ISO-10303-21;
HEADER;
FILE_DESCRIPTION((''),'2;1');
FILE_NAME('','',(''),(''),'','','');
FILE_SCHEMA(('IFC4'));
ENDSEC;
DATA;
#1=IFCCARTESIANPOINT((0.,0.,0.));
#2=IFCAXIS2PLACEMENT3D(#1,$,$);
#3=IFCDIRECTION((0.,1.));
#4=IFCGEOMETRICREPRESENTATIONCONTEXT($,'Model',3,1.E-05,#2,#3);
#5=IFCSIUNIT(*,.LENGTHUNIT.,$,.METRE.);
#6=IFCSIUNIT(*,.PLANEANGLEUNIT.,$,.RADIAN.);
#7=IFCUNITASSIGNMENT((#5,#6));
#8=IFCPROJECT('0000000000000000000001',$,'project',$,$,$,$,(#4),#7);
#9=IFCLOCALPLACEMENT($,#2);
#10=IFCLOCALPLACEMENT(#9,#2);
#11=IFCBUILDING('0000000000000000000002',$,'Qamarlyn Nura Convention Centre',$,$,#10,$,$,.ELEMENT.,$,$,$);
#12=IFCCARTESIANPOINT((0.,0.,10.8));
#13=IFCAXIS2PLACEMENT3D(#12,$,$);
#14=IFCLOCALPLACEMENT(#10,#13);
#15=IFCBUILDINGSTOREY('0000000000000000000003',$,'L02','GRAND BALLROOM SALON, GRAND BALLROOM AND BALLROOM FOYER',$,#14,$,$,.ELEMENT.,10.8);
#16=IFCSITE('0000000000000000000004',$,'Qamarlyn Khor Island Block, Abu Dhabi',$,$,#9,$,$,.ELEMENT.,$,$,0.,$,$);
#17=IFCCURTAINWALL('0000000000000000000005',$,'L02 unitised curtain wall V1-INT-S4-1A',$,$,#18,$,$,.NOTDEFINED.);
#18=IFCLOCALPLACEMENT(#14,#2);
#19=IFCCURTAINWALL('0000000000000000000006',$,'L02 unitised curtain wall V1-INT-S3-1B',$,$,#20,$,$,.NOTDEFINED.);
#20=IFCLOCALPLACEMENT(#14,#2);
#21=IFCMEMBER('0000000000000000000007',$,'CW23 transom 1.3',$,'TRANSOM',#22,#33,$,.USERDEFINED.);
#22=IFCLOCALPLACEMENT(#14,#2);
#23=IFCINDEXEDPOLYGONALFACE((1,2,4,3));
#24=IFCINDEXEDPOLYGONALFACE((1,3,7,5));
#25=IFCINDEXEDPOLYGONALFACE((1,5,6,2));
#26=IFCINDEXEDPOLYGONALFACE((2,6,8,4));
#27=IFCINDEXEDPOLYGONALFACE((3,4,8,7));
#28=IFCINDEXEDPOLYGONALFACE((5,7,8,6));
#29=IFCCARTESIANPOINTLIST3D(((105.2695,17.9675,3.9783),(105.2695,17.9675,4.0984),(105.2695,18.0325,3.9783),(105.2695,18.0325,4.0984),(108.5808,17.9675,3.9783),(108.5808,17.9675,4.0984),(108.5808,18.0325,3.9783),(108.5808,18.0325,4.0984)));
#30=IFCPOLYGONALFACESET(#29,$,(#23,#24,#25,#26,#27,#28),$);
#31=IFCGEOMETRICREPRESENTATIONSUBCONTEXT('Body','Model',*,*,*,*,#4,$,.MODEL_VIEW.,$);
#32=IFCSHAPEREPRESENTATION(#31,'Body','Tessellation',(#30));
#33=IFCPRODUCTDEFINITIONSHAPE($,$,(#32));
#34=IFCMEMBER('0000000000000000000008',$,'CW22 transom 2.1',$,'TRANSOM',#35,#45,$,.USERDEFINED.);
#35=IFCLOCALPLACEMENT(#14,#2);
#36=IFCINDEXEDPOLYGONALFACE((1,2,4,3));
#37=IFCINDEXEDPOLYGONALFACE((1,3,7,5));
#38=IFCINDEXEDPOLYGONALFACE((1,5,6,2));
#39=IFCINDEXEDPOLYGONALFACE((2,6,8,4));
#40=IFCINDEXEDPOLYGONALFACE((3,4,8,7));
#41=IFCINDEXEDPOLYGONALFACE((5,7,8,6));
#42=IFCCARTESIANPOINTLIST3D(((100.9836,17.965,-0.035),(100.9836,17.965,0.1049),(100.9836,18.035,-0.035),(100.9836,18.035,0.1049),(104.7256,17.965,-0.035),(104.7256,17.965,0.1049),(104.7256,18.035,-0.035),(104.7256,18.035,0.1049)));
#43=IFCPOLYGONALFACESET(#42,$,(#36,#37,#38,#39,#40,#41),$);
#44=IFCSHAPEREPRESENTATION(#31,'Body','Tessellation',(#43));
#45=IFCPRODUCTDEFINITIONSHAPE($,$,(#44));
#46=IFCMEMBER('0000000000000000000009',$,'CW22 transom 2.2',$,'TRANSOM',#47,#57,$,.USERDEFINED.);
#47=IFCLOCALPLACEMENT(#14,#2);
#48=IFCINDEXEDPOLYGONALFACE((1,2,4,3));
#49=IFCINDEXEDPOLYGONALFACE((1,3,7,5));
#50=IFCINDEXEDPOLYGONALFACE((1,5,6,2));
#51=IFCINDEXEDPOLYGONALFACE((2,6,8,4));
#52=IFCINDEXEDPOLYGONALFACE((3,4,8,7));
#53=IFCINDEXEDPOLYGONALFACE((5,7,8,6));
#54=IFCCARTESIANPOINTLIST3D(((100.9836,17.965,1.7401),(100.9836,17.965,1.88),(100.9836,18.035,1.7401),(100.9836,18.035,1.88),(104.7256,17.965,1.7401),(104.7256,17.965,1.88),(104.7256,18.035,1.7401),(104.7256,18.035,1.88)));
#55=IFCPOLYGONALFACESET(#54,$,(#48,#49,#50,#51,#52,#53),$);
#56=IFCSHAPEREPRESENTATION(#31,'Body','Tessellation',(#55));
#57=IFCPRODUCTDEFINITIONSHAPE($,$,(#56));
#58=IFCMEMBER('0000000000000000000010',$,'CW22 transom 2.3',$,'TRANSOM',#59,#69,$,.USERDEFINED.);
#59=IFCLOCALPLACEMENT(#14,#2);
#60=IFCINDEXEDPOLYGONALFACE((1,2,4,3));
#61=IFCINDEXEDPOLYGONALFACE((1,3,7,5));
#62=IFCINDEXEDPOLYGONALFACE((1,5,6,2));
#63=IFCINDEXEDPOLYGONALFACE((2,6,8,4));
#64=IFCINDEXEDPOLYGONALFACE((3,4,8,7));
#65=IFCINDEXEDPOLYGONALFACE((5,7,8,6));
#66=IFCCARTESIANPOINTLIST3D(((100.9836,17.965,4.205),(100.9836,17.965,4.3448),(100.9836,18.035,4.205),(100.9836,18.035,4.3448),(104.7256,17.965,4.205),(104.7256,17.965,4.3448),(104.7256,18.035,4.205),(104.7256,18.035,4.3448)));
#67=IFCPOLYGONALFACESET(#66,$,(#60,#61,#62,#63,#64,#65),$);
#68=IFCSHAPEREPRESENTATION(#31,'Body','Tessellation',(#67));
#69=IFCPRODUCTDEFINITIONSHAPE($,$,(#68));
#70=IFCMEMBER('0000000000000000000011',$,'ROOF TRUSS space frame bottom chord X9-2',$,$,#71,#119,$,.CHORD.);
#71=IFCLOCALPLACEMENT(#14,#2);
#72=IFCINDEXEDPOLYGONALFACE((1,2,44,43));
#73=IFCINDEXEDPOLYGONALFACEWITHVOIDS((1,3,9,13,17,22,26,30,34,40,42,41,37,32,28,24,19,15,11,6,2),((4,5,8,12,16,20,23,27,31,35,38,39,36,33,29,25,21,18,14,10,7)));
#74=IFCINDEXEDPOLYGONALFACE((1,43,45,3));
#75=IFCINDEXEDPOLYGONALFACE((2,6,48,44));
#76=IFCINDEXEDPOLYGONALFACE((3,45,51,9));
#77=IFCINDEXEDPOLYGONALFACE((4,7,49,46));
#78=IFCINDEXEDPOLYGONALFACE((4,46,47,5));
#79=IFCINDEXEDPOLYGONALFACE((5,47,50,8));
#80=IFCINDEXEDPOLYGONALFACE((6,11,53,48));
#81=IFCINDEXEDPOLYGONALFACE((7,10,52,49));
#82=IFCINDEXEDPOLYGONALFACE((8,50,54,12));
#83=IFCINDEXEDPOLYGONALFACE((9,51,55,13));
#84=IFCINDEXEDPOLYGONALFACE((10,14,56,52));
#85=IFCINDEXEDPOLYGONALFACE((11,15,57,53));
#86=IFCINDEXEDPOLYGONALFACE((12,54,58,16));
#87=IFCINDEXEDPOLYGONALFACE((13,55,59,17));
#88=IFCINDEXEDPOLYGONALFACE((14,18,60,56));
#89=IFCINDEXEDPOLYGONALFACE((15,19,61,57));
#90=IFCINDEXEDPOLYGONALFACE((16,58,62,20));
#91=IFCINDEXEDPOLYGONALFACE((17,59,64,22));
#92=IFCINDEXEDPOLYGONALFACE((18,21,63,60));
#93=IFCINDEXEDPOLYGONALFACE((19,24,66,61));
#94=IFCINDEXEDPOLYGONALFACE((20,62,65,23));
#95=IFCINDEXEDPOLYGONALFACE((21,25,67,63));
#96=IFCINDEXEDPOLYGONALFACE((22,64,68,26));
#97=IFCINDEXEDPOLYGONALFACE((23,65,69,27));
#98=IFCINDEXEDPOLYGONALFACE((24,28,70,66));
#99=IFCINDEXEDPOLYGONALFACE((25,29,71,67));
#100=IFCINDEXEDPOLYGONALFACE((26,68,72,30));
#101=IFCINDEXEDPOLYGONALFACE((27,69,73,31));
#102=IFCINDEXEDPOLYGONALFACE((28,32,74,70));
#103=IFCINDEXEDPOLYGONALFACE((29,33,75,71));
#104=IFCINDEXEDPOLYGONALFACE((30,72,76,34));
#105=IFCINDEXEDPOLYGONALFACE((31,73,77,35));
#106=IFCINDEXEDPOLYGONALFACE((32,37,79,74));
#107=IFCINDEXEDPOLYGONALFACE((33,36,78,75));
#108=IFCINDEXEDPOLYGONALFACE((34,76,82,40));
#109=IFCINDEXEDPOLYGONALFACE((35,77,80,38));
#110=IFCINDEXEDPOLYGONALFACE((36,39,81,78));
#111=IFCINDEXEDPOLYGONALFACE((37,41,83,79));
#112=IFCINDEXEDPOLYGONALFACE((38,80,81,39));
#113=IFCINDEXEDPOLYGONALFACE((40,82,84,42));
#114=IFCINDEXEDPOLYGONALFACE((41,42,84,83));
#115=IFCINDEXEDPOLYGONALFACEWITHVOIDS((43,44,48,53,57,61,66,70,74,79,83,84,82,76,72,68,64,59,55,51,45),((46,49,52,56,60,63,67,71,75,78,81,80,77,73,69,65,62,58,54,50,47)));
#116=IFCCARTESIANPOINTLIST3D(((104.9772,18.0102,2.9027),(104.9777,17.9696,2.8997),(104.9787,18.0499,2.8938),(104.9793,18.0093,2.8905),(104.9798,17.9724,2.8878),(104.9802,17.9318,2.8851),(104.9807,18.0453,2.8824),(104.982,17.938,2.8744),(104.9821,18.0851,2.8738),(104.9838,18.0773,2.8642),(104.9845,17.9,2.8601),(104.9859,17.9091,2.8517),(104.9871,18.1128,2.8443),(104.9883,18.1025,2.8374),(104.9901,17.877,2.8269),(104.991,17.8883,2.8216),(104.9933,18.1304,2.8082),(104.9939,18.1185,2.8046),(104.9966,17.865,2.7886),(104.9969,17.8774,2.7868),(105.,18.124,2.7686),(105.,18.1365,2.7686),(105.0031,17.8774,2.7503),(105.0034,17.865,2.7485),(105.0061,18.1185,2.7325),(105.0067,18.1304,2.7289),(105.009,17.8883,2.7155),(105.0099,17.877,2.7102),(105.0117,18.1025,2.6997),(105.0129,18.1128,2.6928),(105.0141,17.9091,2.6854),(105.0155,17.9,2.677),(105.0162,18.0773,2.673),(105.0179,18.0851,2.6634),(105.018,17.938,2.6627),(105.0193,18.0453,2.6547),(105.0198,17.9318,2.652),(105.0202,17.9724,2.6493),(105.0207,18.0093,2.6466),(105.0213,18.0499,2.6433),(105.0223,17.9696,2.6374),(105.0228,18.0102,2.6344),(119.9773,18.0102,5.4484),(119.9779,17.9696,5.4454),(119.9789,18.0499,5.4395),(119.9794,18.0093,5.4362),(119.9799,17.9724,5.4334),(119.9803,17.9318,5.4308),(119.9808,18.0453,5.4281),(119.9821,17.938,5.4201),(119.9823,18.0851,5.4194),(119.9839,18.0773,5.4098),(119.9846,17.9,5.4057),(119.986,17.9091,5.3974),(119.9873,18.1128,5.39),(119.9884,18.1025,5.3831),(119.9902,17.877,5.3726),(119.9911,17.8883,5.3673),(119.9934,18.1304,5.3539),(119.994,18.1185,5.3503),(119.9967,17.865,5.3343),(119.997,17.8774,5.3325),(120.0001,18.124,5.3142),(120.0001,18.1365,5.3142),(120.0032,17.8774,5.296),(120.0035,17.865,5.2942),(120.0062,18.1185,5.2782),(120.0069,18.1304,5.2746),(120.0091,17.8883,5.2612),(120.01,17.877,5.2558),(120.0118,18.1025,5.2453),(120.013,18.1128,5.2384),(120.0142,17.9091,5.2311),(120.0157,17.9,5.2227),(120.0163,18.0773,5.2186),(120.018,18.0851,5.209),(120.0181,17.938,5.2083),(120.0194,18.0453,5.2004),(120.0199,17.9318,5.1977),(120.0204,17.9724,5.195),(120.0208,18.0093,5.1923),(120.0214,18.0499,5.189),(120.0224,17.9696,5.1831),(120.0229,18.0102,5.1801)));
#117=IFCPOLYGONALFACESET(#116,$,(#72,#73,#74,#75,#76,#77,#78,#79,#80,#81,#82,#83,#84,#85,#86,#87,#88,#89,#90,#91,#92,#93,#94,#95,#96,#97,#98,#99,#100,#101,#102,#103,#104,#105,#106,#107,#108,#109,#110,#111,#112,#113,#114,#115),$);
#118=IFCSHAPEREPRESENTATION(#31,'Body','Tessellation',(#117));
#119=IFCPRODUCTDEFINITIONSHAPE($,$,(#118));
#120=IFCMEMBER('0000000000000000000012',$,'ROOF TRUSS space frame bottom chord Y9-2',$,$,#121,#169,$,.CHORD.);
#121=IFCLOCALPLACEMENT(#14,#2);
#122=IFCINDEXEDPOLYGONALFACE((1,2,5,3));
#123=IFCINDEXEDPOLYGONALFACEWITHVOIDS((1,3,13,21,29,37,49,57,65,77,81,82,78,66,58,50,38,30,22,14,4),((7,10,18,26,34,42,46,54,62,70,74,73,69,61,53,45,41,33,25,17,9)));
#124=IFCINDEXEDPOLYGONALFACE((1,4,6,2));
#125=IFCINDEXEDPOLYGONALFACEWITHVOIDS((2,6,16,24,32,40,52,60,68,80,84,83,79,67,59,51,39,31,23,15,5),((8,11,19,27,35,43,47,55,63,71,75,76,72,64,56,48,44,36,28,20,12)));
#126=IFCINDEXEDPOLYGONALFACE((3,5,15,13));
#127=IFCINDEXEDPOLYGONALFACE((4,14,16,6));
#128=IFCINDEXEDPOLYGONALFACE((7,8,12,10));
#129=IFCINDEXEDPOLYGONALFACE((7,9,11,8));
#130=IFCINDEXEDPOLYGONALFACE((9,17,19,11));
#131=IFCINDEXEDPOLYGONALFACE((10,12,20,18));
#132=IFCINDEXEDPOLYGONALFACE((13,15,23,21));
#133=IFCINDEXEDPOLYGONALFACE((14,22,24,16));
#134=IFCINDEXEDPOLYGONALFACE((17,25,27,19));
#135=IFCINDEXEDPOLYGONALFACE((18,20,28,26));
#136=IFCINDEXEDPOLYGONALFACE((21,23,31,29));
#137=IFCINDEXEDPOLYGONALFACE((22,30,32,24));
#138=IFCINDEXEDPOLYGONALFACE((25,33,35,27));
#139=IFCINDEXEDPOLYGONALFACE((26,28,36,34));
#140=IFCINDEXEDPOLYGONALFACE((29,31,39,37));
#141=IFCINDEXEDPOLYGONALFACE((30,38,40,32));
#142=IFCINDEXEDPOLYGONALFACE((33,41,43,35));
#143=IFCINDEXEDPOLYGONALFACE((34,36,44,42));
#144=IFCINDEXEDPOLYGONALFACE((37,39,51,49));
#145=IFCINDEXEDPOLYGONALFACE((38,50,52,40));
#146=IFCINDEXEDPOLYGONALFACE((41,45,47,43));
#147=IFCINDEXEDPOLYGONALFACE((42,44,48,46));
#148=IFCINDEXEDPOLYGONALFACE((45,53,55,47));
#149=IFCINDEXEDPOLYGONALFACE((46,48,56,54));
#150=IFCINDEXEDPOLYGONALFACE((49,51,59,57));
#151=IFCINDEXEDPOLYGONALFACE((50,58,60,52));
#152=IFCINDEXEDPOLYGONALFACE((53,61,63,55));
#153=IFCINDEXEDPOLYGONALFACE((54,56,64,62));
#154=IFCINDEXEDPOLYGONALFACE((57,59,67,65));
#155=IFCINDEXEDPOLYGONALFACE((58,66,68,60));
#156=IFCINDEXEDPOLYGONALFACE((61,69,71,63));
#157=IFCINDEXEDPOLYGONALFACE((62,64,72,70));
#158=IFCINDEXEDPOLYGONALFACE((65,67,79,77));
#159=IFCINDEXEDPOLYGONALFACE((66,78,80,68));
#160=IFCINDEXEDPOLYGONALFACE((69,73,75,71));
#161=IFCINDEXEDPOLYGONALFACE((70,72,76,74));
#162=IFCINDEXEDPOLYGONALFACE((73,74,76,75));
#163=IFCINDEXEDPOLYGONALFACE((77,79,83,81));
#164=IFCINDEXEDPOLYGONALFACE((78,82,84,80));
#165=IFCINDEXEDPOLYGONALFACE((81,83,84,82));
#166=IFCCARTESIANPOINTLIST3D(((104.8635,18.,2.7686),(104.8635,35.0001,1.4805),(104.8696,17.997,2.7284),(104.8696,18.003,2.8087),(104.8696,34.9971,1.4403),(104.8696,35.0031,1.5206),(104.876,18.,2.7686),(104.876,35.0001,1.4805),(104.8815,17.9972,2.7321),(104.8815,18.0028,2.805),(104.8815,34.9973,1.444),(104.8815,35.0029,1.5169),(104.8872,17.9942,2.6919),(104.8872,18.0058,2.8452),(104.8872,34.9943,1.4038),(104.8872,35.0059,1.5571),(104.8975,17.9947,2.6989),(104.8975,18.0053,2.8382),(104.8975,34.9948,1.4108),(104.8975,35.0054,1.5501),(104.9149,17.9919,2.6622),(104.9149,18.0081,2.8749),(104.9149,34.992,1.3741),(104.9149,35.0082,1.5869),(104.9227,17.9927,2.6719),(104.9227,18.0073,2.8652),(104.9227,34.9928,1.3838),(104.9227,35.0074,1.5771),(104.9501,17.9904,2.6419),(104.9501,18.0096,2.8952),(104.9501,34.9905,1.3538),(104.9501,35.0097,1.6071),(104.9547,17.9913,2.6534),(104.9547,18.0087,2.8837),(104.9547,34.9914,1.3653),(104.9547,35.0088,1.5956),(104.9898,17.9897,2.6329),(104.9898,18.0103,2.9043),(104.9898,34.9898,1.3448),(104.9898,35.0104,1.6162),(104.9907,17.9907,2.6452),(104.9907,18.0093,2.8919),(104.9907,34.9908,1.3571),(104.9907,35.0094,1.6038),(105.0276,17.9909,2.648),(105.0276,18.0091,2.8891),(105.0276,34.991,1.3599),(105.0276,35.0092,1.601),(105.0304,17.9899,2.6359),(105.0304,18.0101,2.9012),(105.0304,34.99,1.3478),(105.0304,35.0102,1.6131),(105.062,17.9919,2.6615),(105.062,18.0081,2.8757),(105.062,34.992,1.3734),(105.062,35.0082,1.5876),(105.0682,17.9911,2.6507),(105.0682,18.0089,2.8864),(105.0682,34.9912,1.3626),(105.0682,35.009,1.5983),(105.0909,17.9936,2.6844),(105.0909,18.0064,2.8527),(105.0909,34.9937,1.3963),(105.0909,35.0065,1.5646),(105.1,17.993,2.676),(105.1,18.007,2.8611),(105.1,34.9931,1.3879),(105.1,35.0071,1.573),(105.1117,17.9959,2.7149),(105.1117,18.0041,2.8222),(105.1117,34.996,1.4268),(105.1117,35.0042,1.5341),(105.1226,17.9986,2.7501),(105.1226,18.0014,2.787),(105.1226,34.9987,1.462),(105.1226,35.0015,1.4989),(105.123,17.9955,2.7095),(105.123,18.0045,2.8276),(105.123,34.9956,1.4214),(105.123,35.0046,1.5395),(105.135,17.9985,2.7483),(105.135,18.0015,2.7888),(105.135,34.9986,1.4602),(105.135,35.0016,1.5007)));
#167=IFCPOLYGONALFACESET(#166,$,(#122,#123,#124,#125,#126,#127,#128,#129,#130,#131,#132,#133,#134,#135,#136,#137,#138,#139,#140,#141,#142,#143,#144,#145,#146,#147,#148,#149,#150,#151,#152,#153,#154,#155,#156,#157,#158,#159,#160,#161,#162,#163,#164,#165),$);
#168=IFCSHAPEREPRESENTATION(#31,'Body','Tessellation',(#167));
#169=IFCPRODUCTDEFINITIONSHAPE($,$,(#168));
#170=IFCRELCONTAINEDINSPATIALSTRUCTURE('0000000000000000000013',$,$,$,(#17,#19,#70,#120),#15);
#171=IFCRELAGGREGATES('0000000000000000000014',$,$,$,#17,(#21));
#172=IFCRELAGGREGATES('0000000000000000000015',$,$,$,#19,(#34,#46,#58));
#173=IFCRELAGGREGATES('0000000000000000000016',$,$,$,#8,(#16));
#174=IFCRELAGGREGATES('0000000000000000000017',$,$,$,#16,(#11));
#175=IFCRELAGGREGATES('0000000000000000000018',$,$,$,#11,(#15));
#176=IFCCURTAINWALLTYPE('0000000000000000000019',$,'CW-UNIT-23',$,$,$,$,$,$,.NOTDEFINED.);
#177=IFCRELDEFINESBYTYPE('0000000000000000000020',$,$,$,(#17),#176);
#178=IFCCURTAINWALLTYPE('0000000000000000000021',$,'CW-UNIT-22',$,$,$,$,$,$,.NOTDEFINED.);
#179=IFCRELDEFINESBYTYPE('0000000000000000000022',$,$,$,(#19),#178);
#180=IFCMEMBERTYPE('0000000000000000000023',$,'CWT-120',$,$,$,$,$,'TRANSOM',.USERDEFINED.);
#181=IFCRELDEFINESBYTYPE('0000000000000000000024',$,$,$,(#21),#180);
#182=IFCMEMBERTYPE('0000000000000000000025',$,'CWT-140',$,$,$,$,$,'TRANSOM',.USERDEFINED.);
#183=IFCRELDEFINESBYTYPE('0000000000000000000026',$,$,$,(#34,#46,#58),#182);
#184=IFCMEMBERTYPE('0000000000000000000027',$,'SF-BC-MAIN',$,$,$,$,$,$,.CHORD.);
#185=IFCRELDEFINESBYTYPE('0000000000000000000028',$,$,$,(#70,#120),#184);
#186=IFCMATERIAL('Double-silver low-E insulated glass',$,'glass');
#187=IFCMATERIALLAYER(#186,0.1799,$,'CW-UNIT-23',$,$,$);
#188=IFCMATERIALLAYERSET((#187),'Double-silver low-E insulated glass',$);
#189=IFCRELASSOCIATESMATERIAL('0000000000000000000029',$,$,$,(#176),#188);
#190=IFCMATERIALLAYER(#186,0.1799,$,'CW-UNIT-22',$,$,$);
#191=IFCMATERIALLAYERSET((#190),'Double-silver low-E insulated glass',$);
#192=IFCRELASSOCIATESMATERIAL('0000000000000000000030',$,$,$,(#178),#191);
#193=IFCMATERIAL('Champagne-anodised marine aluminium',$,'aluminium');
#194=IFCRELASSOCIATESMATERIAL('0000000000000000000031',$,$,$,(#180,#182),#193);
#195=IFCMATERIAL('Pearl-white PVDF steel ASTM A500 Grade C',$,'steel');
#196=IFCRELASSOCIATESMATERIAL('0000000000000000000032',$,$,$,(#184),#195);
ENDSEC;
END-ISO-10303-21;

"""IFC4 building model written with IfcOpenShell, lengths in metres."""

from ifc_helpers import new_model, si_unit, direction, frame, origin, origin_2d, place, context, subcontext, project, spatial, rectangle, hollow_circle, extrude, material, layer, layer_set, material_profile, profile_set, type_object, element, aggregate, save


model = new_model("IFC4")

# Units and contexts
model_context = context("Model", 3, precision=1e-05, world=origin(), true_north=direction((0.0, 1.0)))
body_context = subcontext(model_context, "Body", "Model", "MODEL_VIEW")
ifc_project = project(units=[si_unit("LENGTHUNIT", "METRE"), si_unit("PLANEANGLEUNIT", "RADIAN")], contexts=[model_context])

# Site, building, storey
site_placement = place(None, origin())
site = spatial("IfcSite", under=ifc_project, at=site_placement, Name="Qamarlyn Khor Island Block, Abu Dhabi", CompositionType="ELEMENT", RefElevation=0.0)
building_placement = place(site_placement, origin())
building = spatial("IfcBuilding", under=site, at=building_placement, Name="Qamarlyn Nura Convention Centre", CompositionType="ELEMENT")
storey_placement = place(building_placement, frame((0.0, 0.0, 10.8)))
storey = spatial("IfcBuildingStorey", under=building, at=storey_placement, Name="L02", Description="GRAND BALLROOM SALON, GRAND BALLROOM AND BALLROOM FOYER", CompositionType="ELEMENT", Elevation=10.8)

# Curtain wall
ifc_material_1 = material(Name="Double-silver low-E insulated glass", Category="glass")
ifc_layer_1 = layer(ifc_material_1, 0.1799, Name="CW-UNIT-23")
ifc_layer_set_1 = layer_set([ifc_layer_1], Name="Double-silver low-E insulated glass")
curtain_wall_type_1 = type_object("IfcCurtainWallType", Name="CW-UNIT-23", PredefinedType="NOTDEFINED", material=ifc_layer_set_1)
curtain_wall_1_placement = place(storey_placement, origin())
curtain_wall_1 = element("IfcCurtainWall", 1, at=curtain_wall_1_placement, inside=storey, type_object=curtain_wall_type_1, Name="L02 unitised curtain wall V1-INT-S4-1A", PredefinedType="NOTDEFINED")
ifc_material_2 = material(Name="Champagne-anodised marine aluminium", Category="aluminium")

# Curtain wall
ifc_layer_2 = layer(ifc_material_1, 0.1799, Name="CW-UNIT-22")
ifc_layer_set_2 = layer_set([ifc_layer_2], Name="Double-silver low-E insulated glass")
curtain_wall_type_2 = type_object("IfcCurtainWallType", Name="CW-UNIT-22", PredefinedType="NOTDEFINED", material=ifc_layer_set_2)
curtain_wall_2_placement = place(storey_placement, origin())
curtain_wall_2 = element("IfcCurtainWall", 2, at=curtain_wall_2_placement, inside=storey, type_object=curtain_wall_type_2, Name="L02 unitised curtain wall V1-INT-S3-1B", PredefinedType="NOTDEFINED")

# Members
ifc_material_profile_1 = material_profile(ifc_material_2, rectangle(XDim=0.0649, YDim=0.1201, at=origin_2d()), Name="ALU TRANSOM 65x120")
ifc_profile_set_1 = profile_set([ifc_material_profile_1], Name="Champagne-anodised marine aluminium")
member_type_1 = type_object("IfcMemberType", Name="CWT-120", ElementType="TRANSOM", PredefinedType="USERDEFINED", material=ifc_profile_set_1)
member_1_placement = place(storey_placement, frame((105.2695, 18.0, 4.0383), z_axis=(1.0, 0.0, 0.0), x_axis=(0.0, 1.0, 0.0)))
member_1 = element("IfcMember", 3, at=member_1_placement, type_object=member_type_1, Name="CW23 transom 1.3", ObjectType="TRANSOM", PredefinedType="USERDEFINED", context=body_context, shape_type="SweptSolid", body=[
    extrude(rectangle(XDim=0.0649, YDim=0.1201, at=origin_2d()), origin(), (0.0, 0.0, 1.0), 3.3113),
])
aggregate(curtain_wall_1, [member_1])
ifc_material_profile_2 = material_profile(ifc_material_2, rectangle(XDim=0.0701, YDim=0.1399, at=origin_2d()), Name="ALU TRANSOM 70x140")
ifc_profile_set_2 = profile_set([ifc_material_profile_2], Name="Champagne-anodised marine aluminium")
member_type_2 = type_object("IfcMemberType", Name="CWT-140", ElementType="TRANSOM", PredefinedType="USERDEFINED", material=ifc_profile_set_2)
member_2_placement = place(storey_placement, frame((100.9836, 18.0, 0.0349), z_axis=(1.0, 0.0, 0.0), x_axis=(0.0, 1.0, 0.0)))
member_2 = element("IfcMember", 4, at=member_2_placement, type_object=member_type_2, Name="CW22 transom 2.1", ObjectType="TRANSOM", PredefinedType="USERDEFINED", context=body_context, shape_type="SweptSolid", body=[
    extrude(rectangle(XDim=0.0701, YDim=0.1399, at=origin_2d()), origin(), (0.0, 0.0, 1.0), 3.7419),
])
member_3_placement = place(storey_placement, frame((100.9836, 18.0, 1.8101), z_axis=(1.0, 0.0, 0.0), x_axis=(0.0, 1.0, 0.0)))
member_3 = element("IfcMember", 5, at=member_3_placement, type_object=member_type_2, Name="CW22 transom 2.2", ObjectType="TRANSOM", PredefinedType="USERDEFINED", context=body_context, shape_type="SweptSolid", body=[
    extrude(rectangle(XDim=0.0701, YDim=0.1399, at=origin_2d()), origin(), (0.0, 0.0, 1.0), 3.7419),
])
member_4_placement = place(storey_placement, frame((100.9836, 18.0, 4.2749), z_axis=(1.0, 0.0, 0.0), x_axis=(0.0, 1.0, 0.0)))
member_4 = element("IfcMember", 6, at=member_4_placement, type_object=member_type_2, Name="CW22 transom 2.3", ObjectType="TRANSOM", PredefinedType="USERDEFINED", context=body_context, shape_type="SweptSolid", body=[
    extrude(rectangle(XDim=0.0701, YDim=0.1399, at=origin_2d()), origin(), (0.0, 0.0, 1.0), 3.7419),
])

# Members
ifc_material_3 = material(Name="Pearl-white PVDF steel ASTM A500 Grade C", Category="steel")
ifc_material_profile_3 = material_profile(ifc_material_3, hollow_circle(Radius=0.1365, WallThickness=0.0125, at=origin_2d()), Name="CHS273X12.5")
ifc_profile_set_3 = profile_set([ifc_material_profile_3], Name="Pearl-white PVDF steel ASTM A500 Grade C")
member_type_3 = type_object("IfcMemberType", Name="SF-BC-MAIN", PredefinedType="CHORD", material=ifc_profile_set_3)
member_5_placement = place(storey_placement, frame((105.0, 18.0, 2.7686), z_axis=(0.985903, 0.0, 0.167318), x_axis=(0.0, 1.0, 0.0)))
element("IfcMember", 7, at=member_5_placement, inside=storey, type_object=member_type_3, Name="ROOF TRUSS space frame bottom chord X9-2", PredefinedType="CHORD", context=body_context, shape_type="SweptSolid", body=[
    extrude(hollow_circle(Radius=0.1365, WallThickness=0.0125, at=origin_2d()), origin(), (0.0, 0.0, 1.0), 15.2146),
])
member_6_placement = place(storey_placement, frame((105.0, 18.0, 2.7686), z_axis=(0.0, 0.997142, -0.075553), x_axis=(-1.0, 0.0, 0.0)))
element("IfcMember", 8, at=member_6_placement, inside=storey, type_object=member_type_3, Name="ROOF TRUSS space frame bottom chord Y9-2", PredefinedType="CHORD", context=body_context, shape_type="SweptSolid", body=[
    extrude(hollow_circle(Radius=0.1365, WallThickness=0.0125, at=origin_2d()), origin(), (0.0, 0.0, 1.0), 17.0488),
])

aggregate(curtain_wall_2, [member_2, member_3, member_4])

save(model, "model.ifc")
